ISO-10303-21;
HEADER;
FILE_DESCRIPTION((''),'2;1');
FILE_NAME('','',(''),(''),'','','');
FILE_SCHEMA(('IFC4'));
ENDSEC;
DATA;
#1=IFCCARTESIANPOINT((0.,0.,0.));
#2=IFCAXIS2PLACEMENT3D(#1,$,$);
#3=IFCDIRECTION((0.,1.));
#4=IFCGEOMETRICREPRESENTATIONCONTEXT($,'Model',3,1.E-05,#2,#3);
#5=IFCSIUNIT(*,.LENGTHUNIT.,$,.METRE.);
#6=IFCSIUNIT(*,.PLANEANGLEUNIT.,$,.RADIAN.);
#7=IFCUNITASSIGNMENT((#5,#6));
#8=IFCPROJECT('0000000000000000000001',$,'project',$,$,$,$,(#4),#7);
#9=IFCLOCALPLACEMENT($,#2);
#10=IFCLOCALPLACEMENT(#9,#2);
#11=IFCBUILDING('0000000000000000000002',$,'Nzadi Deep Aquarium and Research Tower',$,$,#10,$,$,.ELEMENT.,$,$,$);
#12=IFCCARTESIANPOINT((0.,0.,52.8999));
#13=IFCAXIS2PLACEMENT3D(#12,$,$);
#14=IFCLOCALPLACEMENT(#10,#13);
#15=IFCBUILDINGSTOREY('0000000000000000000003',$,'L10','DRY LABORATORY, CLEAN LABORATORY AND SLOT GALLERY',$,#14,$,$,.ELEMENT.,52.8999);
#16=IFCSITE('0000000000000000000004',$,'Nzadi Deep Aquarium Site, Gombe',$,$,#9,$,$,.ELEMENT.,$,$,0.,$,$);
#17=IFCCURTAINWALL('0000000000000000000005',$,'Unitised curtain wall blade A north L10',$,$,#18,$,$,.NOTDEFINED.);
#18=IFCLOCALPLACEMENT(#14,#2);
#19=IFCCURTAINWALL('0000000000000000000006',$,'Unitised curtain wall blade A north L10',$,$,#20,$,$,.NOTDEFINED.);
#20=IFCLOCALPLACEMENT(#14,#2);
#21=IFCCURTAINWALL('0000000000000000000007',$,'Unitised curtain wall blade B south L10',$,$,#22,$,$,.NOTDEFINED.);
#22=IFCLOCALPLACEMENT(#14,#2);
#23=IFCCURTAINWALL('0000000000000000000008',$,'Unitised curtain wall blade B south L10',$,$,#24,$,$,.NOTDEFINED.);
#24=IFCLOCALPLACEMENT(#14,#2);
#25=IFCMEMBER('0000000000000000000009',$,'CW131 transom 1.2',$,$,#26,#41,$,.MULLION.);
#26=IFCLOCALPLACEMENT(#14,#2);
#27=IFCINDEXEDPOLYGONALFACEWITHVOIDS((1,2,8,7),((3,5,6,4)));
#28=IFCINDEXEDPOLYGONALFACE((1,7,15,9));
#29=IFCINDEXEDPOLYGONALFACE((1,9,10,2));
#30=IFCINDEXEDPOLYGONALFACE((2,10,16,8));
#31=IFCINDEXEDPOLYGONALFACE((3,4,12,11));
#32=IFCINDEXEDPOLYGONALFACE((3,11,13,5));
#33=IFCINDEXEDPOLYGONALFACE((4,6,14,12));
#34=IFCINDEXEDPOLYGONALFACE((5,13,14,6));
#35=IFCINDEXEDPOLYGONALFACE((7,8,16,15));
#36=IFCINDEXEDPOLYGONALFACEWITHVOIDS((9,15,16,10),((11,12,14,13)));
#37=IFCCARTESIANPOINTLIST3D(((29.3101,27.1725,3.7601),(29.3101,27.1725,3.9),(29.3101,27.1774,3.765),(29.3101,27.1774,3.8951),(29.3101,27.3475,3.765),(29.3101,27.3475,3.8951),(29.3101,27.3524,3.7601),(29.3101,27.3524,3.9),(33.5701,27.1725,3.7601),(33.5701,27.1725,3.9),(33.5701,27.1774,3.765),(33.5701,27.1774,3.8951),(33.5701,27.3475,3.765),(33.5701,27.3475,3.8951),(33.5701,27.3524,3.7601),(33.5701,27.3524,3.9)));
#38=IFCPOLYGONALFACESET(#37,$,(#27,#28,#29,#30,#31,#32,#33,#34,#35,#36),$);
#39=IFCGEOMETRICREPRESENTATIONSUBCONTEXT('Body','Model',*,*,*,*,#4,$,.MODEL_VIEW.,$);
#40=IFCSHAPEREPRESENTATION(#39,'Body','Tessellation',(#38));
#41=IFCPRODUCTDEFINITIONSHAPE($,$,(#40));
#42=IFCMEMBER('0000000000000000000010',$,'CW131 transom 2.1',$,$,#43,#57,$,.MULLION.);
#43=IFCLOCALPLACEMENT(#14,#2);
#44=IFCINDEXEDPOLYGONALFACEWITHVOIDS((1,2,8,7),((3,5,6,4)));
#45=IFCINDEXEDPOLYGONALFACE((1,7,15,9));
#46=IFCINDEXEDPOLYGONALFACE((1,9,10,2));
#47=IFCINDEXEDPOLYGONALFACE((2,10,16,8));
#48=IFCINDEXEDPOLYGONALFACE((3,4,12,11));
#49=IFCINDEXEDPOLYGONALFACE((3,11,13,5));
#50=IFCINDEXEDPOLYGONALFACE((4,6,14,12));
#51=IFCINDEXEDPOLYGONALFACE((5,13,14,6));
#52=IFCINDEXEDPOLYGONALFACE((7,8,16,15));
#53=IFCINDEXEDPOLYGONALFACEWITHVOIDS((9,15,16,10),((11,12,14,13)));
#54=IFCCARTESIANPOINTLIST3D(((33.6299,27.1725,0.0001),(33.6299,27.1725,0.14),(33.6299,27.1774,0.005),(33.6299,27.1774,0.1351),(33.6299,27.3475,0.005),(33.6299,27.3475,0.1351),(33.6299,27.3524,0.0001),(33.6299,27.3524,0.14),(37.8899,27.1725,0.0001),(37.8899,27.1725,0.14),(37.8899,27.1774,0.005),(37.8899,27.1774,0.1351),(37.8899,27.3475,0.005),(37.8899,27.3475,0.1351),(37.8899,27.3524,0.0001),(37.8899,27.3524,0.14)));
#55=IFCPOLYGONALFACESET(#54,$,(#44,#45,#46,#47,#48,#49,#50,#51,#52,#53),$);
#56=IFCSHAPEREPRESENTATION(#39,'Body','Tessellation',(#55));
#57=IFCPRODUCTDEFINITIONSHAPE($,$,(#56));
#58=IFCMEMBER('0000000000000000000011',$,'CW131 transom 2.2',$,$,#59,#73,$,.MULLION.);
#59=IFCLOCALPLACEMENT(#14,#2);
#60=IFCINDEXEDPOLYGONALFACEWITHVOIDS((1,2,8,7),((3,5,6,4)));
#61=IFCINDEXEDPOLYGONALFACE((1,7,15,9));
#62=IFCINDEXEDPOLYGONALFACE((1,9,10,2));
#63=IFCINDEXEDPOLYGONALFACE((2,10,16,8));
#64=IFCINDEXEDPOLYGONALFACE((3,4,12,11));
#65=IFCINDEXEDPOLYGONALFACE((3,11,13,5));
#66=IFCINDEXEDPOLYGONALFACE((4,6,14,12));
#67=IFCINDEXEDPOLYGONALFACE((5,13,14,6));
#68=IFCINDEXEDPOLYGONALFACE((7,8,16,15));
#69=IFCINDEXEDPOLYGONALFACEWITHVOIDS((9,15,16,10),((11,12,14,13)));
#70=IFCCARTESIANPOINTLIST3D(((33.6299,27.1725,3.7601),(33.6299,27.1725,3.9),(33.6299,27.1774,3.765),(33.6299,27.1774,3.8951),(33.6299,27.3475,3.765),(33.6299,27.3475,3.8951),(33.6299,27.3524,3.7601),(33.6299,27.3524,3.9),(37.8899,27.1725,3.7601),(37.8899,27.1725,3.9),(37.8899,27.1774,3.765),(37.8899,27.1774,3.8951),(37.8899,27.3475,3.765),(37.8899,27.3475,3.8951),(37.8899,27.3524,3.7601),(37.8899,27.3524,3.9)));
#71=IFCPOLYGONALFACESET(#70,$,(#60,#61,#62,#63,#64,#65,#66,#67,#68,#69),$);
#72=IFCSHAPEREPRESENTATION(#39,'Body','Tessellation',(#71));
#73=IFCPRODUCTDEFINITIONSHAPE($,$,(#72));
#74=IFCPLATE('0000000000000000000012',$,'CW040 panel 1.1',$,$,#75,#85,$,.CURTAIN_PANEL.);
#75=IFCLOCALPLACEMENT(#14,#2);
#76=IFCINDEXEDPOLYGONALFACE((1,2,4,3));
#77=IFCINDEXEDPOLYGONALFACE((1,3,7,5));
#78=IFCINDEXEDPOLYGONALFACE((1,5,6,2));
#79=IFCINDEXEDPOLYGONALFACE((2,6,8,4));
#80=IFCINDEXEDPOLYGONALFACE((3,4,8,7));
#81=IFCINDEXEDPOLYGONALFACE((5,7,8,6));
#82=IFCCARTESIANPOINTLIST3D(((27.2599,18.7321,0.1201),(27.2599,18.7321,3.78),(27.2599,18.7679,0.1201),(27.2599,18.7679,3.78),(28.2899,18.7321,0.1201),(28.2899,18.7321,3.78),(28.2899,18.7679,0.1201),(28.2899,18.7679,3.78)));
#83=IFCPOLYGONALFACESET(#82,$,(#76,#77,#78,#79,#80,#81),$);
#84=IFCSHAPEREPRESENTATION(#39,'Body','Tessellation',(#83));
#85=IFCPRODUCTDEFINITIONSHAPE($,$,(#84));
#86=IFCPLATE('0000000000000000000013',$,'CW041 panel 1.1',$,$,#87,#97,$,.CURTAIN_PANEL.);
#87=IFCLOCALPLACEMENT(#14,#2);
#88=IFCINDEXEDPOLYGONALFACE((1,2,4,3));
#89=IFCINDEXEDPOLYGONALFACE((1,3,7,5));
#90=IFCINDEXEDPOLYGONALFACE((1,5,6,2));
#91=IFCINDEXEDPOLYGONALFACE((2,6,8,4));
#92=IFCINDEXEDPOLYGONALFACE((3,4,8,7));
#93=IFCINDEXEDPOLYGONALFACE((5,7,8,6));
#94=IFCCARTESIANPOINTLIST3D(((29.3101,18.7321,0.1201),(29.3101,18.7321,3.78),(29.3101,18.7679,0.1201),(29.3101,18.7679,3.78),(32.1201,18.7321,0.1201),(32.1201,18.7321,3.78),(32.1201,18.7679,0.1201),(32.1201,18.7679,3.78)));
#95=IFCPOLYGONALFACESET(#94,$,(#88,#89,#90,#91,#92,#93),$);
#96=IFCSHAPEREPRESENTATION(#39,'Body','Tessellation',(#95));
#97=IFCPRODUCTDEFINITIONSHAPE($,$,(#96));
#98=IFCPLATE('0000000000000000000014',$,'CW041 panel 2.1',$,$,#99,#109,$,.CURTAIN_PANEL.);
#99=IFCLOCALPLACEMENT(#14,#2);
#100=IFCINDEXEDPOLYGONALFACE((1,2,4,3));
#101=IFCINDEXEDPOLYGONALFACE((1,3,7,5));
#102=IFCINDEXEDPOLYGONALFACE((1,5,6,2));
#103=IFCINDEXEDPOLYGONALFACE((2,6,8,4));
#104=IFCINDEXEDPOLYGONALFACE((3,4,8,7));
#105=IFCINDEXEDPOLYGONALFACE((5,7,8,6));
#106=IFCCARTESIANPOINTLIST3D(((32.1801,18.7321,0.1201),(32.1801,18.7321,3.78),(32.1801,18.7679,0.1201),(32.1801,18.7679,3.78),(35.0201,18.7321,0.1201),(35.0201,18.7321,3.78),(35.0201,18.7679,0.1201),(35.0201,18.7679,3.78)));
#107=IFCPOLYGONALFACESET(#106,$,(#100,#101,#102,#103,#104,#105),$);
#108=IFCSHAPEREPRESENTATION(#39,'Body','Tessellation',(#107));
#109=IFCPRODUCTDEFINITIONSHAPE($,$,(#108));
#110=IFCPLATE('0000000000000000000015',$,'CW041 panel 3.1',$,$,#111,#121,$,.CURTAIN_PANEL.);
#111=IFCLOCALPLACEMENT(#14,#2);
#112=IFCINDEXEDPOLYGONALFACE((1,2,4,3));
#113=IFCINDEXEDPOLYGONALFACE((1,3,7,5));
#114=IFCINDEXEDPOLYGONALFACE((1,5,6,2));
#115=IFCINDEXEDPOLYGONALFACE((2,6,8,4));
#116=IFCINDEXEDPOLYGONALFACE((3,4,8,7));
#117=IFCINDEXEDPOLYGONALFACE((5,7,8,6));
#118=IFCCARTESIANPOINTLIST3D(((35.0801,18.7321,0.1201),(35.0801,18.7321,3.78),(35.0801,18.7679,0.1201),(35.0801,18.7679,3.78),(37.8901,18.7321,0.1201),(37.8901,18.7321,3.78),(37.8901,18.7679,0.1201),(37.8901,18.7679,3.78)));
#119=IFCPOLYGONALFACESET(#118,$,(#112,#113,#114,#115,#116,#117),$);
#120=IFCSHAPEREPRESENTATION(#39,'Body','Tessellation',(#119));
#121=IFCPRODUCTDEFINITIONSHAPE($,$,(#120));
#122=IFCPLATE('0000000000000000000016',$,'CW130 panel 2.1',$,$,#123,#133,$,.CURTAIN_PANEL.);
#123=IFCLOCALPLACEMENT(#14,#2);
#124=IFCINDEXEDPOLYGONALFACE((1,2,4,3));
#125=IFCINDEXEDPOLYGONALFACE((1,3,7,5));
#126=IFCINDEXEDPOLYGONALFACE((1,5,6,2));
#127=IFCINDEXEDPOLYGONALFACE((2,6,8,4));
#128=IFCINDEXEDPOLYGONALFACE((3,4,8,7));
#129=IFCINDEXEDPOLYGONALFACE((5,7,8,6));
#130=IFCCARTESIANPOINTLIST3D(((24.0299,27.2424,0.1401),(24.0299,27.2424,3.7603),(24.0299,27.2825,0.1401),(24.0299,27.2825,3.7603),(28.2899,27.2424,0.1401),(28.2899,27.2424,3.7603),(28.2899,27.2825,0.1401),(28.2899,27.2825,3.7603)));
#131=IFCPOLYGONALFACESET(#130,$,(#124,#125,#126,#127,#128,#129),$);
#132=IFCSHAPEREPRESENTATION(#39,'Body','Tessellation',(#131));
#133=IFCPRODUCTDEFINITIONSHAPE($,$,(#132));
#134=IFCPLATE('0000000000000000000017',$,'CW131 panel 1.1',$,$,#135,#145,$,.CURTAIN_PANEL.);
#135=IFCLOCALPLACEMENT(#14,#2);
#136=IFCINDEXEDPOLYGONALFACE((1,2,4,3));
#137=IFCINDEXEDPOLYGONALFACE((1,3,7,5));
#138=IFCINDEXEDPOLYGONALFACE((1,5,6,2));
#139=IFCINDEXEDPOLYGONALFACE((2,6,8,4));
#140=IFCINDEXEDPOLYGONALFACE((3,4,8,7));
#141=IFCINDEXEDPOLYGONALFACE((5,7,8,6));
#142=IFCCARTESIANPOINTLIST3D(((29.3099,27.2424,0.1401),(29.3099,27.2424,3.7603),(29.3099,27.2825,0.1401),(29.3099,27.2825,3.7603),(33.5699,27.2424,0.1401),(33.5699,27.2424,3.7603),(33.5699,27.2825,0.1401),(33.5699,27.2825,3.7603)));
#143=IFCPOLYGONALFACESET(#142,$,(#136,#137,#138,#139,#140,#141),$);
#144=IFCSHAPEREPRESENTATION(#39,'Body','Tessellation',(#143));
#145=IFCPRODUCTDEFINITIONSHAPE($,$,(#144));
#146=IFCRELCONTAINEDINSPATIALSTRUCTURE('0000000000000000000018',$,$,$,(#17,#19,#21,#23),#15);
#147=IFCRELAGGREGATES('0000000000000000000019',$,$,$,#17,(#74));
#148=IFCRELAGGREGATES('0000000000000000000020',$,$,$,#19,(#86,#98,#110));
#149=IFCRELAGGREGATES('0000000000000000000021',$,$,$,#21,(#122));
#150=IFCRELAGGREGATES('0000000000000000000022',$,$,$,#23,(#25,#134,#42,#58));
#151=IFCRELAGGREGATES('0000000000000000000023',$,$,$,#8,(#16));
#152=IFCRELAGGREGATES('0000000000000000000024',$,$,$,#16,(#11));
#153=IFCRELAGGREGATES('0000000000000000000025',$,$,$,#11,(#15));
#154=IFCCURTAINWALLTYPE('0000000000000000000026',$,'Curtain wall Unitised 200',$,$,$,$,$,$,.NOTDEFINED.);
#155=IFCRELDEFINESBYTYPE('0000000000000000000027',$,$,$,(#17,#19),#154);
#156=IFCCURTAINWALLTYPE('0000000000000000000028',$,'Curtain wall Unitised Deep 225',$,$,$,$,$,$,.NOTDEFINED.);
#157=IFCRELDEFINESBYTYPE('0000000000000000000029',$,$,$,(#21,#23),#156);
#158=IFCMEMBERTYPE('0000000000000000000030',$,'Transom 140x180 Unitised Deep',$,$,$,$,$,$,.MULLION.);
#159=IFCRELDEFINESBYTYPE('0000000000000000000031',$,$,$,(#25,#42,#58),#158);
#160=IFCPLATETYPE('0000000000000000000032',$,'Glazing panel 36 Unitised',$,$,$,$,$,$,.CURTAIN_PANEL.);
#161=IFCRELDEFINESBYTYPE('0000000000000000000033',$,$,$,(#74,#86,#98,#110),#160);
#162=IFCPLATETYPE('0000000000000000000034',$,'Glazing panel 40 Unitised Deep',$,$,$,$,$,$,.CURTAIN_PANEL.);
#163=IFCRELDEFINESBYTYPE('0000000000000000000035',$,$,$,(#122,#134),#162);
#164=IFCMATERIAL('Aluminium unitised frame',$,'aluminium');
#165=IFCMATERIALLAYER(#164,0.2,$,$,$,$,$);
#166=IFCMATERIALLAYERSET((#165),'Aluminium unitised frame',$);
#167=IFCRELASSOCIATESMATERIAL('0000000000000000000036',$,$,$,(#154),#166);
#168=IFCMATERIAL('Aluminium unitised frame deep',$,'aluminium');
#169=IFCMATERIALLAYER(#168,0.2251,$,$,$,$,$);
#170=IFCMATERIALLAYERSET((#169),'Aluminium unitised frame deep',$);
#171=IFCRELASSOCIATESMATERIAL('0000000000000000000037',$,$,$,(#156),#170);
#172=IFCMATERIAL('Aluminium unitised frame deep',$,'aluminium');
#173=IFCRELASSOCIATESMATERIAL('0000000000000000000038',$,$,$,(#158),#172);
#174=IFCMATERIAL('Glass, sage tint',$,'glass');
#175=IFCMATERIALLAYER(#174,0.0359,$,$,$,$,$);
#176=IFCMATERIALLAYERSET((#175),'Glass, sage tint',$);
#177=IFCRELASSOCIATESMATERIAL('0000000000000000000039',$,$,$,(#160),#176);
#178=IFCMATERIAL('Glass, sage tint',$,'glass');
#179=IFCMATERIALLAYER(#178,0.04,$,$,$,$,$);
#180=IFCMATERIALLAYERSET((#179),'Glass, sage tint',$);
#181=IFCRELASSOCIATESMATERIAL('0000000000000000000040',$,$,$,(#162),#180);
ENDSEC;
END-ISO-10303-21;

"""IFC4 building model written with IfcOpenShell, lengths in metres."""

from ifc_helpers import new_model, si_unit, direction, frame, origin, origin_2d, place, context, subcontext, project, spatial, rectangle, hollow_rectangle, extrude, material, layer, layer_set, material_profile, profile_set, type_object, element, aggregate, save


model = new_model("IFC4")

# Units and contexts
model_context = context("Model", 3, precision=1e-05, world=origin(), true_north=direction((0.0, 1.0)))
body_context = subcontext(model_context, "Body", "Model", "MODEL_VIEW")
ifc_project = project(units=[si_unit("LENGTHUNIT", "METRE"), si_unit("PLANEANGLEUNIT", "RADIAN")], contexts=[model_context])

# Site, building, storey
site_placement = place(None, origin())
site = spatial("IfcSite", under=ifc_project, at=site_placement, Name="Nzadi Deep Aquarium Site, Gombe", CompositionType="ELEMENT", RefElevation=0.0)
building_placement = place(site_placement, origin())
building = spatial("IfcBuilding", under=site, at=building_placement, Name="Nzadi Deep Aquarium and Research Tower", CompositionType="ELEMENT")
storey_placement = place(building_placement, frame((0.0, 0.0, 52.8999)))
storey = spatial("IfcBuildingStorey", under=building, at=storey_placement, Name="L10", Description="DRY LABORATORY, CLEAN LABORATORY AND SLOT GALLERY", CompositionType="ELEMENT", Elevation=52.8999)

# Curtain walls
ifc_material_1 = material(Name="Aluminium unitised frame", Category="aluminium")
ifc_layer_1 = layer(ifc_material_1, 0.2)
ifc_layer_set_1 = layer_set([ifc_layer_1], Name="Aluminium unitised frame")
curtain_wall_type_1 = type_object("IfcCurtainWallType", Name="Curtain wall Unitised 200", PredefinedType="NOTDEFINED", material=ifc_layer_set_1)
curtain_wall_1_placement = place(storey_placement, origin())
curtain_wall_1 = element("IfcCurtainWall", 1, at=curtain_wall_1_placement, inside=storey, type_object=curtain_wall_type_1, Name="Unitised curtain wall blade A north L10", PredefinedType="NOTDEFINED")
curtain_wall_2_placement = place(storey_placement, origin())
curtain_wall_2 = element("IfcCurtainWall", 2, at=curtain_wall_2_placement, inside=storey, type_object=curtain_wall_type_1, Name="Unitised curtain wall blade A north L10", PredefinedType="NOTDEFINED")
ifc_material_2 = material(Name="Aluminium unitised frame deep", Category="aluminium")
ifc_layer_2 = layer(ifc_material_2, 0.2251)
ifc_layer_set_2 = layer_set([ifc_layer_2], Name="Aluminium unitised frame deep")
curtain_wall_type_2 = type_object("IfcCurtainWallType", Name="Curtain wall Unitised Deep 225", PredefinedType="NOTDEFINED", material=ifc_layer_set_2)
curtain_wall_3_placement = place(storey_placement, origin())
curtain_wall_3 = element("IfcCurtainWall", 3, at=curtain_wall_3_placement, inside=storey, type_object=curtain_wall_type_2, Name="Unitised curtain wall blade B south L10", PredefinedType="NOTDEFINED")
curtain_wall_4_placement = place(storey_placement, origin())
curtain_wall_4 = element("IfcCurtainWall", 4, at=curtain_wall_4_placement, inside=storey, type_object=curtain_wall_type_2, Name="Unitised curtain wall blade B south L10", PredefinedType="NOTDEFINED")

# Members
ifc_material_3 = material(Name="Aluminium unitised frame deep", Category="aluminium")
ifc_material_profile_1 = material_profile(ifc_material_3, hollow_rectangle(XDim=0.1799, YDim=0.1399, WallThickness=0.0049, at=origin_2d()))
ifc_profile_set_1 = profile_set([ifc_material_profile_1], Name="Aluminium unitised frame deep")
member_type_1 = type_object("IfcMemberType", Name="Transom 140x180 Unitised Deep", PredefinedType="MULLION", material=ifc_profile_set_1)
member_1_placement = place(storey_placement, frame((29.3101, 27.2625, 3.8301), z_axis=(1.0, 0.0, 0.0), x_axis=(0.0, 1.0, 0.0)))
member_1 = element("IfcMember", 5, at=member_1_placement, type_object=member_type_1, Name="CW131 transom 1.2", PredefinedType="MULLION", context=body_context, shape_type="SweptSolid", body=[
    extrude(hollow_rectangle(XDim=0.1799, YDim=0.1399, WallThickness=0.0049, at=origin_2d()), origin(), (0.0, 0.0, 1.0), 4.26),
])
member_2_placement = place(storey_placement, frame((33.6299, 27.2625, 0.0701), z_axis=(1.0, 0.0, 0.0), x_axis=(0.0, 1.0, 0.0)))
member_2 = element("IfcMember", 6, at=member_2_placement, type_object=member_type_1, Name="CW131 transom 2.1", PredefinedType="MULLION", context=body_context, shape_type="SweptSolid", body=[
    extrude(hollow_rectangle(XDim=0.1799, YDim=0.1399, WallThickness=0.0049, at=origin_2d()), origin(), (0.0, 0.0, 1.0), 4.26),
])
member_3_placement = place(storey_placement, frame((33.6299, 27.2625, 3.8301), z_axis=(1.0, 0.0, 0.0), x_axis=(0.0, 1.0, 0.0)))
member_3 = element("IfcMember", 7, at=member_3_placement, type_object=member_type_1, Name="CW131 transom 2.2", PredefinedType="MULLION", context=body_context, shape_type="SweptSolid", body=[
    extrude(hollow_rectangle(XDim=0.1799, YDim=0.1399, WallThickness=0.0049, at=origin_2d()), origin(), (0.0, 0.0, 1.0), 4.26),
])

# Plates
ifc_material_4 = material(Name="Glass, sage tint", Category="glass")
ifc_layer_3 = layer(ifc_material_4, 0.0359)
ifc_layer_set_3 = layer_set([ifc_layer_3], Name="Glass, sage tint")
plate_type_1 = type_object("IfcPlateType", Name="Glazing panel 36 Unitised", PredefinedType="CURTAIN_PANEL", material=ifc_layer_set_3)
plate_1_placement = place(storey_placement, frame((27.7749, 18.75, 0.1201), z_axis=(0.0, 0.0, 1.0), x_axis=(1.0, 0.0, 0.0)))
plate_1 = element("IfcPlate", 8, at=plate_1_placement, type_object=plate_type_1, Name="CW040 panel 1.1", PredefinedType="CURTAIN_PANEL", context=body_context, shape_type="SweptSolid", body=[
    extrude(rectangle(XDim=1.03, YDim=0.0359, at=origin_2d()), origin(), (0.0, 0.0, 1.0), 3.6599),
])
aggregate(curtain_wall_1, [plate_1])
plate_2_placement = place(storey_placement, frame((30.7151, 18.75, 0.1201), z_axis=(0.0, 0.0, 1.0), x_axis=(1.0, 0.0, 0.0)))
plate_2 = element("IfcPlate", 9, at=plate_2_placement, type_object=plate_type_1, Name="CW041 panel 1.1", PredefinedType="CURTAIN_PANEL", context=body_context, shape_type="SweptSolid", body=[
    extrude(rectangle(XDim=2.8101, YDim=0.0359, at=origin_2d()), origin(), (0.0, 0.0, 1.0), 3.6599),
])
plate_3_placement = place(storey_placement, frame((33.6001, 18.75, 0.1201), z_axis=(0.0, 0.0, 1.0), x_axis=(1.0, 0.0, 0.0)))
plate_3 = element("IfcPlate", 10, at=plate_3_placement, type_object=plate_type_1, Name="CW041 panel 2.1", PredefinedType="CURTAIN_PANEL", context=body_context, shape_type="SweptSolid", body=[
    extrude(rectangle(XDim=2.8401, YDim=0.0359, at=origin_2d()), origin(), (0.0, 0.0, 1.0), 3.6599),
])
plate_4_placement = place(storey_placement, frame((36.4851, 18.75, 0.1201), z_axis=(0.0, 0.0, 1.0), x_axis=(1.0, 0.0, 0.0)))
plate_4 = element("IfcPlate", 11, at=plate_4_placement, type_object=plate_type_1, Name="CW041 panel 3.1", PredefinedType="CURTAIN_PANEL", context=body_context, shape_type="SweptSolid", body=[
    extrude(rectangle(XDim=2.8101, YDim=0.0359, at=origin_2d()), origin(), (0.0, 0.0, 1.0), 3.6599),
])
aggregate(curtain_wall_2, [plate_2, plate_3, plate_4])
ifc_material_5 = material(Name="Glass, sage tint", Category="glass")
ifc_layer_4 = layer(ifc_material_5, 0.04)
ifc_layer_set_4 = layer_set([ifc_layer_4], Name="Glass, sage tint")
plate_type_2 = type_object("IfcPlateType", Name="Glazing panel 40 Unitised Deep", PredefinedType="CURTAIN_PANEL", material=ifc_layer_set_4)
plate_5_placement = place(storey_placement, frame((26.1599, 27.2625, 0.1401), z_axis=(0.0, 0.0, 1.0), x_axis=(1.0, 0.0, 0.0)))
plate_5 = element("IfcPlate", 12, at=plate_5_placement, type_object=plate_type_2, Name="CW130 panel 2.1", PredefinedType="CURTAIN_PANEL", context=body_context, shape_type="SweptSolid", body=[
    extrude(rectangle(XDim=4.26, YDim=0.04, at=origin_2d()), origin(), (0.0, 0.0, 1.0), 3.6201),
])
aggregate(curtain_wall_3, [plate_5])
plate_6_placement = place(storey_placement, frame((31.4399, 27.2625, 0.1401), z_axis=(0.0, 0.0, 1.0), x_axis=(1.0, 0.0, 0.0)))
plate_6 = element("IfcPlate", 13, at=plate_6_placement, type_object=plate_type_2, Name="CW131 panel 1.1", PredefinedType="CURTAIN_PANEL", context=body_context, shape_type="SweptSolid", body=[
    extrude(rectangle(XDim=4.26, YDim=0.04, at=origin_2d()), origin(), (0.0, 0.0, 1.0), 3.6201),
])
aggregate(curtain_wall_4, [member_1, plate_6, member_2, member_3])

save(model, "model.ifc")
